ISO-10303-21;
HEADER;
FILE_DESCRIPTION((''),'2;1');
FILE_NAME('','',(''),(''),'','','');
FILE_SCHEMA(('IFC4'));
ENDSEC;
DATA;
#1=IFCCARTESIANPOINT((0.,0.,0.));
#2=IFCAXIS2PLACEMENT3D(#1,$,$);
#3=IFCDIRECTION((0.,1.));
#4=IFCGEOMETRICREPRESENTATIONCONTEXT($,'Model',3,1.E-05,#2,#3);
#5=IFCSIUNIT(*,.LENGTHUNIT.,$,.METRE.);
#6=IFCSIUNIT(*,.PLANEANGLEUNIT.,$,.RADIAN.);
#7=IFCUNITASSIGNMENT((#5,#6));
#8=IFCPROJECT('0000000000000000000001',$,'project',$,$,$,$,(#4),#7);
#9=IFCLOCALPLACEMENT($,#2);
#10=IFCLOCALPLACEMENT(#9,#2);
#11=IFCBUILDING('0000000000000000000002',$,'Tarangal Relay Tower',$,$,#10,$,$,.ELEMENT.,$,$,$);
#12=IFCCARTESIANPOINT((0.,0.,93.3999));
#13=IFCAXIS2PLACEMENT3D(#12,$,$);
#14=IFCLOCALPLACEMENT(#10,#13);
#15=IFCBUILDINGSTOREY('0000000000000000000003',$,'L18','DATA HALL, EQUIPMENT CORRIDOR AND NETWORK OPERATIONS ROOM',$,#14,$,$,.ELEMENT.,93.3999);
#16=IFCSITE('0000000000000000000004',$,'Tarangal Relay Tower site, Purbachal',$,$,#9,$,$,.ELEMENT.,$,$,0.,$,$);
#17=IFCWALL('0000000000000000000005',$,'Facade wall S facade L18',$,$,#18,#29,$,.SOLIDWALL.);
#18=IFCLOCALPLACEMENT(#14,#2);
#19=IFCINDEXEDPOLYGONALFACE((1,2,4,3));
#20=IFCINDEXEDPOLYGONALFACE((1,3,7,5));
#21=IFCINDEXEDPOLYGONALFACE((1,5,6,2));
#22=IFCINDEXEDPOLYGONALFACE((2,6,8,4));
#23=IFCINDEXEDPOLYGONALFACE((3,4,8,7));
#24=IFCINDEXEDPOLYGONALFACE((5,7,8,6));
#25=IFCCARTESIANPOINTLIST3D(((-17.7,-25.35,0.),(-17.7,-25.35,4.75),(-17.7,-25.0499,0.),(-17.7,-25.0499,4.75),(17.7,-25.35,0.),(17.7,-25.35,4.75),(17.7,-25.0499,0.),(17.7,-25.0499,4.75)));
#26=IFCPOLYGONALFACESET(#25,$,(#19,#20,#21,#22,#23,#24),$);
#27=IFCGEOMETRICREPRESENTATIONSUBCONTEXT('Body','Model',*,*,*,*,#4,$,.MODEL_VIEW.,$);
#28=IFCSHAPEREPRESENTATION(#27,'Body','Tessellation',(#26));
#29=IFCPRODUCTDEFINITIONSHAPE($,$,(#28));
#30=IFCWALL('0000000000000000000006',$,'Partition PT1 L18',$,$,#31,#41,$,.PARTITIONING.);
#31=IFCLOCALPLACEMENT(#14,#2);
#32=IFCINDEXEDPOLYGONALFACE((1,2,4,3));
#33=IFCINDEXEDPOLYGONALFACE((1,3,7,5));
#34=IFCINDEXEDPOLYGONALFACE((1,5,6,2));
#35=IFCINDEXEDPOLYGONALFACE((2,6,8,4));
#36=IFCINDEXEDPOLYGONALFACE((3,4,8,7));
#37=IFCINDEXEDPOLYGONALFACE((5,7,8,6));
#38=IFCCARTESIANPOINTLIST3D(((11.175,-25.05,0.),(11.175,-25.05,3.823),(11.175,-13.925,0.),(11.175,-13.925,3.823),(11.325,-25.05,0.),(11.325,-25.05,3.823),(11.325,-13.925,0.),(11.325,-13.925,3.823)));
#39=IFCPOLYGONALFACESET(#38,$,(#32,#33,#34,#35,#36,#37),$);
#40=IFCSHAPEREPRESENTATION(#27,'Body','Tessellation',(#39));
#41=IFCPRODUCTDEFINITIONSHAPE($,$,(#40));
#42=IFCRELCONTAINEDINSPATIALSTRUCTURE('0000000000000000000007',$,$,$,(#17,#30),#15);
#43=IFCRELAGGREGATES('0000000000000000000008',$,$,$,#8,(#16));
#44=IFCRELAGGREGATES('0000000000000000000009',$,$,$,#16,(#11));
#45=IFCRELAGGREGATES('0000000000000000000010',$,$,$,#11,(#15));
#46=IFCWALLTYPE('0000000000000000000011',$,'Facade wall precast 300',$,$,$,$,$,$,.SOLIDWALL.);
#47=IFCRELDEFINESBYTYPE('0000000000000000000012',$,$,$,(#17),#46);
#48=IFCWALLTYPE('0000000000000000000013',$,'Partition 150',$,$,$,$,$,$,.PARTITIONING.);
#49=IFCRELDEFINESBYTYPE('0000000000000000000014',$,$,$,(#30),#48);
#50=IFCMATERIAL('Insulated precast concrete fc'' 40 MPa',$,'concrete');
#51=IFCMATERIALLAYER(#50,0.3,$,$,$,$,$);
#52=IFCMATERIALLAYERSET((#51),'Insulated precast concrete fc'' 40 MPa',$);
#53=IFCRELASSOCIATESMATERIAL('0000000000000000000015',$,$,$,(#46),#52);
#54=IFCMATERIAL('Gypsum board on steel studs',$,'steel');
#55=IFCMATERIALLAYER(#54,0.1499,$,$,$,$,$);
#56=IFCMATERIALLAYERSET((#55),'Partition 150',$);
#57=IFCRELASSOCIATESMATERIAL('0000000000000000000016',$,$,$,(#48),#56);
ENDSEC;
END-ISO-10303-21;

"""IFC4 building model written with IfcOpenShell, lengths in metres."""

from ifc_helpers import new_model, si_unit, direction, frame, frame_2d, origin, place, context, subcontext, project, spatial, rectangle, extrude, material, layer, layer_set, type_object, element, save


model = new_model("IFC4")

# Units and contexts
model_context = context("Model", 3, precision=1e-05, world=origin(), true_north=direction((0.0, 1.0)))
body_context = subcontext(model_context, "Body", "Model", "MODEL_VIEW")
ifc_project = project(units=[si_unit("LENGTHUNIT", "METRE"), si_unit("PLANEANGLEUNIT", "RADIAN")], contexts=[model_context])

# Site, building, storey
site_placement = place(None, origin())
site = spatial("IfcSite", under=ifc_project, at=site_placement, Name="Tarangal Relay Tower site, Purbachal", CompositionType="ELEMENT", RefElevation=0.0)
building_placement = place(site_placement, origin())
building = spatial("IfcBuilding", under=site, at=building_placement, Name="Tarangal Relay Tower", CompositionType="ELEMENT")
storey_placement = place(building_placement, frame((0.0, 0.0, 93.3999)))
storey = spatial("IfcBuildingStorey", under=building, at=storey_placement, Name="L18", Description="DATA HALL, EQUIPMENT CORRIDOR AND NETWORK OPERATIONS ROOM", CompositionType="ELEMENT", Elevation=93.3999)

# Shared definitions
ifc_material_1 = material(Name="Insulated precast concrete fc' 40 MPa", Category="concrete")
ifc_layer_1 = layer(ifc_material_1, 0.3)
ifc_layer_set_1 = layer_set([ifc_layer_1], Name="Insulated precast concrete fc' 40 MPa")
wall_type_1 = type_object("IfcWallType", Name="Facade wall precast 300", PredefinedType="SOLIDWALL", material=ifc_layer_set_1)

# Walls
wall_1_placement = place(storey_placement, frame((17.7, -25.2, 0.0), z_axis=(0.0, 0.0, 1.0), x_axis=(-1.0, 0.0, 0.0)))
element("IfcWall", 1, at=wall_1_placement, inside=storey, type_object=wall_type_1, Name="Facade wall S facade L18", PredefinedType="SOLIDWALL", context=body_context, shape_type="SweptSolid", body=[
    extrude(rectangle(XDim=35.3999, YDim=0.3, at=frame_2d((17.7, 0.0))), origin(), (0.0, 0.0, 1.0), 4.75),
])
ifc_material_2 = material(Name="Gypsum board on steel studs", Category="steel")
ifc_layer_2 = layer(ifc_material_2, 0.1499)
ifc_layer_set_2 = layer_set([ifc_layer_2], Name="Partition 150")
wall_type_2 = type_object("IfcWallType", Name="Partition 150", PredefinedType="PARTITIONING", material=ifc_layer_set_2)
wall_2_placement = place(storey_placement, frame((11.25, -25.05, 0.0), z_axis=(0.0, 0.0, 1.0), x_axis=(0.0, 1.0, 0.0)))
element("IfcWall", 2, at=wall_2_placement, inside=storey, type_object=wall_type_2, Name="Partition PT1 L18", PredefinedType="PARTITIONING", context=body_context, shape_type="SweptSolid", body=[
    extrude(rectangle(XDim=11.125, YDim=0.1499, at=frame_2d((5.5625, 0.0))), origin(), (0.0, 0.0, 1.0), 3.823),
])

save(model, "model.ifc")
